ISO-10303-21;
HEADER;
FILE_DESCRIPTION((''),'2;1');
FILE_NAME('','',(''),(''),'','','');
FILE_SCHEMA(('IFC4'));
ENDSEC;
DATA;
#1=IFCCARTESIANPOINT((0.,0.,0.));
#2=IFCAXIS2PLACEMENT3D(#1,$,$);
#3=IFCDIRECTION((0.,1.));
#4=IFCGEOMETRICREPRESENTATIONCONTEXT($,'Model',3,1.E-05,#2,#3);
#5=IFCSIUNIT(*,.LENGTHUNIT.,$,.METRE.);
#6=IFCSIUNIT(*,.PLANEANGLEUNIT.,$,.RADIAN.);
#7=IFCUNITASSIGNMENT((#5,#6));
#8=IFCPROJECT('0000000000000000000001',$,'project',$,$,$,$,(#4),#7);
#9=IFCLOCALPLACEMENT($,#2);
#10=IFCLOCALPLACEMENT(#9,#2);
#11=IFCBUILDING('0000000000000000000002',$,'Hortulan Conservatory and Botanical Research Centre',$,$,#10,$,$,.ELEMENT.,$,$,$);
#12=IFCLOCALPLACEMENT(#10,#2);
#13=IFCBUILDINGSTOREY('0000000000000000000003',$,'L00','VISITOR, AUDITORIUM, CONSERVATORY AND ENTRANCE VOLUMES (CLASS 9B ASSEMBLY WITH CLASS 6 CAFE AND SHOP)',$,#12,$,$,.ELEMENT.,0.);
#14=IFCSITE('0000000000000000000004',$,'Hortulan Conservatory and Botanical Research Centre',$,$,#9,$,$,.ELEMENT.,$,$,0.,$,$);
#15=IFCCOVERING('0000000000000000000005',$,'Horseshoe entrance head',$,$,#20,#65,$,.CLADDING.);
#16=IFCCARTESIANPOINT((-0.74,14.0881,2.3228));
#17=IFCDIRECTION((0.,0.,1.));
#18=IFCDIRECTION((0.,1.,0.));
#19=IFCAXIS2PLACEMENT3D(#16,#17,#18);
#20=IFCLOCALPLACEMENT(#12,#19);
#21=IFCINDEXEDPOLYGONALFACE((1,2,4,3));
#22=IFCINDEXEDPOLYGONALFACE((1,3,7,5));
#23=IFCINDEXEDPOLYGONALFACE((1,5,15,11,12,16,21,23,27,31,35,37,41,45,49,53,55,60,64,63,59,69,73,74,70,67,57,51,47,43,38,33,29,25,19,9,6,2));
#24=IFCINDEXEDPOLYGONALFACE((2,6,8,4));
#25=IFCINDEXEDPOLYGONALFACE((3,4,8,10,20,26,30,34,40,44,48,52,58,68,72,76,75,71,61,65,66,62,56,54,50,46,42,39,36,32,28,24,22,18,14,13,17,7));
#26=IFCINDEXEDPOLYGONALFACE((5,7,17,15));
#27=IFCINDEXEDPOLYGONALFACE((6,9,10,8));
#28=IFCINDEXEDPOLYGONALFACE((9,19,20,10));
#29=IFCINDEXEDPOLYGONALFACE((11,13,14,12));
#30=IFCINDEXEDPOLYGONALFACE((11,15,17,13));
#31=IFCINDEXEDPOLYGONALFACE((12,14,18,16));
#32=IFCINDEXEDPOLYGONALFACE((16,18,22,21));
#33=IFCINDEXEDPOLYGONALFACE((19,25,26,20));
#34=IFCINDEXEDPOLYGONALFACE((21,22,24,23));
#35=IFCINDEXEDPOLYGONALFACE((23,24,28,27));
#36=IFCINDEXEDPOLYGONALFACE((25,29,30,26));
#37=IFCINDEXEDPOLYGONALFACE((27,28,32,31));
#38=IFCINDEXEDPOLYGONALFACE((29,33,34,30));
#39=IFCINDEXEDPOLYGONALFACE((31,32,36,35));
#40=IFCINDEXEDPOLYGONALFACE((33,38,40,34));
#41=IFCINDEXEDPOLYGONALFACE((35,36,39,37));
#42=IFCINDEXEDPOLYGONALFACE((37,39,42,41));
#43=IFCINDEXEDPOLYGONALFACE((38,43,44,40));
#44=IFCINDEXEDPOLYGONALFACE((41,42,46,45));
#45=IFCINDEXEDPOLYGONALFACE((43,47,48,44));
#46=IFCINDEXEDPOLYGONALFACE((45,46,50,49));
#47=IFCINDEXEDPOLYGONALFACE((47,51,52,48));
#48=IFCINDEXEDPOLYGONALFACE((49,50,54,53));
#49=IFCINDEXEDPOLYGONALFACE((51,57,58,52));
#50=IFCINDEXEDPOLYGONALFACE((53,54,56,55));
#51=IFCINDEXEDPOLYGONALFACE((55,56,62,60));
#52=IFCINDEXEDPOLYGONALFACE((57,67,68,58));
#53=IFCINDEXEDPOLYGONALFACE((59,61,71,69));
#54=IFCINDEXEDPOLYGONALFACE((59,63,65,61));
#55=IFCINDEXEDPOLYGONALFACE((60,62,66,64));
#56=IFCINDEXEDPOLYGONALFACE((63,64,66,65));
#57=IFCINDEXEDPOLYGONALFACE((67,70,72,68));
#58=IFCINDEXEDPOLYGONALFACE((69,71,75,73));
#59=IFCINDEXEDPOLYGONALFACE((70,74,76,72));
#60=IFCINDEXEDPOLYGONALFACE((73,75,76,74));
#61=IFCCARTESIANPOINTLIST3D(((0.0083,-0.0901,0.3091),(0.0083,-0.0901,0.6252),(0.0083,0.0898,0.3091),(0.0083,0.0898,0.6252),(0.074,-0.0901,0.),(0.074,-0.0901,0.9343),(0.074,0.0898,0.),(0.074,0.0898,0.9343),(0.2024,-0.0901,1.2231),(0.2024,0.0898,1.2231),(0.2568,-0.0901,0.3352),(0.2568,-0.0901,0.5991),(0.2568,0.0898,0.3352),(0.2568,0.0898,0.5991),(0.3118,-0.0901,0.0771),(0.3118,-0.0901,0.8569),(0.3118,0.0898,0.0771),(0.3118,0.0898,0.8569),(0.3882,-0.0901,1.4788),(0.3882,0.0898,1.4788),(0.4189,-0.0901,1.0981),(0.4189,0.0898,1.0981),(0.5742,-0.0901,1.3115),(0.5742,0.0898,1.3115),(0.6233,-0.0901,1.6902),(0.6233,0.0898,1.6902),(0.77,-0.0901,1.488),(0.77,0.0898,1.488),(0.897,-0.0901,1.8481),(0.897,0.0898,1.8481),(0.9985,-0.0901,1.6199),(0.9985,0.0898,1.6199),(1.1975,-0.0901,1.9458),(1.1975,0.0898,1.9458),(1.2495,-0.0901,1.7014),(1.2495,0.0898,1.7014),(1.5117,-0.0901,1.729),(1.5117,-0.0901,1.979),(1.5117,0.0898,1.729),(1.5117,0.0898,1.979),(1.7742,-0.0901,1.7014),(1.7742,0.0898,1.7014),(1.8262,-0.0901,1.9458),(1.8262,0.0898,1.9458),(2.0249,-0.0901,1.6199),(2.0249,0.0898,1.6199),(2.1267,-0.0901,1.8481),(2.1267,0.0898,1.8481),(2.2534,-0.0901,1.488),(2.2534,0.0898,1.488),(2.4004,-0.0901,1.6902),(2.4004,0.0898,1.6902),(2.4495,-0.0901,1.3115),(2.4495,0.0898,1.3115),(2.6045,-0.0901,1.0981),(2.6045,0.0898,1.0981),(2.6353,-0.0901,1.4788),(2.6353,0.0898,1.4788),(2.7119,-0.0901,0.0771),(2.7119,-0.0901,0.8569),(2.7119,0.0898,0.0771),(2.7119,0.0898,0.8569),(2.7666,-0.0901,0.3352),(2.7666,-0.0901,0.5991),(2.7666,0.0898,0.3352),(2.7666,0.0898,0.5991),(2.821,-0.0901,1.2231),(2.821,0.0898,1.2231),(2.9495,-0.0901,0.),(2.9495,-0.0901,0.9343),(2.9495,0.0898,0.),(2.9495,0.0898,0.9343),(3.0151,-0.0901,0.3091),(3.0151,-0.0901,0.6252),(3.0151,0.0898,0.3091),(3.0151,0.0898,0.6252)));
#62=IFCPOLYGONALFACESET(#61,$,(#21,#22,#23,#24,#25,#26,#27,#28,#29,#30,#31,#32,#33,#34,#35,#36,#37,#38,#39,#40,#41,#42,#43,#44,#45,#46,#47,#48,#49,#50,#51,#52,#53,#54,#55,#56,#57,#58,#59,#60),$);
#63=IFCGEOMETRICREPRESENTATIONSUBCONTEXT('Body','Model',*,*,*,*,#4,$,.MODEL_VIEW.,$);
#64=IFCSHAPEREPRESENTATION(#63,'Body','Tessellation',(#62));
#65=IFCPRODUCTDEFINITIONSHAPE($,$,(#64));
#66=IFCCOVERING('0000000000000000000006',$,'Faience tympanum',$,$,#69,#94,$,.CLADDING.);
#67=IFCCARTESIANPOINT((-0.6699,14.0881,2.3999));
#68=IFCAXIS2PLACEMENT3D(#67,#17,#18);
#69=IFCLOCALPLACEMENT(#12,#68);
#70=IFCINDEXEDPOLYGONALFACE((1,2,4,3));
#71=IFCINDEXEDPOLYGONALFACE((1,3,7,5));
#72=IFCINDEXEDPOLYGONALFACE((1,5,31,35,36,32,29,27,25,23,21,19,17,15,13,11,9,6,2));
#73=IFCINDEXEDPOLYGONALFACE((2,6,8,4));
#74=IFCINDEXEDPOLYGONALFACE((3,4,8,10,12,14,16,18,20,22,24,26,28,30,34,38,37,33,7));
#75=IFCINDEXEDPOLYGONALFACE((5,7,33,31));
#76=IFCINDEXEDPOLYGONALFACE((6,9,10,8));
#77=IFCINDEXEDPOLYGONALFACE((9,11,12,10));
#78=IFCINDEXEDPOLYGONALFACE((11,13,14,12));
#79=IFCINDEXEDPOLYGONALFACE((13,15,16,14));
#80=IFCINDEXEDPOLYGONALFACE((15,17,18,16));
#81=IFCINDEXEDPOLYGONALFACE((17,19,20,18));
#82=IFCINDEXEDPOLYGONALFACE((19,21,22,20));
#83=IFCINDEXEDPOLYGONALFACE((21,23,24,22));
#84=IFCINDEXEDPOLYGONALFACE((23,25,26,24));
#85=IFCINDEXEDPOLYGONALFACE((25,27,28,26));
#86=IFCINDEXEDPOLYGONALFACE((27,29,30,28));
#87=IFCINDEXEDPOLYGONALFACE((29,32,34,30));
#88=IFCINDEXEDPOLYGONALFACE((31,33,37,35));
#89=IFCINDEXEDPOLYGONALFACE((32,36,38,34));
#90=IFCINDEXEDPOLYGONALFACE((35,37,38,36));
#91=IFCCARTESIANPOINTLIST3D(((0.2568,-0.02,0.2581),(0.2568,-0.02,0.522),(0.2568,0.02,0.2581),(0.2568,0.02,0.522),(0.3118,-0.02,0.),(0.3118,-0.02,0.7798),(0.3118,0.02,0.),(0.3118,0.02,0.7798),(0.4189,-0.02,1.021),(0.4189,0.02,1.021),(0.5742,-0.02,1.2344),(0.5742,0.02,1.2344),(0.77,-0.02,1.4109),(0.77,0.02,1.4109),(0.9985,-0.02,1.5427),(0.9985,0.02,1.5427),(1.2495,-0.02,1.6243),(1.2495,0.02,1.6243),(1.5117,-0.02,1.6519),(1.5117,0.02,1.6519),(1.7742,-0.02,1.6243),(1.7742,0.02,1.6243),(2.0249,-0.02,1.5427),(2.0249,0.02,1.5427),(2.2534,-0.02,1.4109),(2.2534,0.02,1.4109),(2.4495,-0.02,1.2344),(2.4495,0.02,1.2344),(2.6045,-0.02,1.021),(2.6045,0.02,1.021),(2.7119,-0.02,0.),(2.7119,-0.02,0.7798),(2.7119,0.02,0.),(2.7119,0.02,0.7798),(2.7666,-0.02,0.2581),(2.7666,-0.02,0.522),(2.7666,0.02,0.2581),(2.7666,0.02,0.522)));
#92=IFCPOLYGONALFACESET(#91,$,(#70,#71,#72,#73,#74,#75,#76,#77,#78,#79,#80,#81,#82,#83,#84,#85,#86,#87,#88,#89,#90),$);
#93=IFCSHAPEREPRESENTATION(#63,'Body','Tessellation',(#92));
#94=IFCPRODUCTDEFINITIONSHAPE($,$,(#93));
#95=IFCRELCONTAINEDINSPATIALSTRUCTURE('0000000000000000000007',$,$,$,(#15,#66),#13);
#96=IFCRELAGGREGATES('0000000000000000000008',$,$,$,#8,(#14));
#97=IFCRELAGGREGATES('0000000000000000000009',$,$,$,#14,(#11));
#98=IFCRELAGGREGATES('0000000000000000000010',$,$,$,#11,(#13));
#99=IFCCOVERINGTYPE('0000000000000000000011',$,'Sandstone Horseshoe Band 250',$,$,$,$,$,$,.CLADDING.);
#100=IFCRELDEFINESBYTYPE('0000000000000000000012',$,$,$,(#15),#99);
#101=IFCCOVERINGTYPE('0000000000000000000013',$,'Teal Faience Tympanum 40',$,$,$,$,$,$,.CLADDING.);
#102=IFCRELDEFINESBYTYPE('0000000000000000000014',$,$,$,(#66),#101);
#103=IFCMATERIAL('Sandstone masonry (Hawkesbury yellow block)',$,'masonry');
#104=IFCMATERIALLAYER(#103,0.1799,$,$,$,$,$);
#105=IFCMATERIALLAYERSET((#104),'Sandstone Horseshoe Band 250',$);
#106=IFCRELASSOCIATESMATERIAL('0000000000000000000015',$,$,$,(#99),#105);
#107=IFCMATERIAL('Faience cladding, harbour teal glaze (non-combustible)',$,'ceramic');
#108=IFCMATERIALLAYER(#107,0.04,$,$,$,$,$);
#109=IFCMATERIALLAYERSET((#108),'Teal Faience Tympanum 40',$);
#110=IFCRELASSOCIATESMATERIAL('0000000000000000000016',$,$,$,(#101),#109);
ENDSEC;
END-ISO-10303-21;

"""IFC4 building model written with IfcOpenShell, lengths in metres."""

from ifc_helpers import new_model, si_unit, direction, frame, origin, place, context, subcontext, project, spatial, polyline, outline, extrude, material, layer, layer_set, type_object, element, save


model = new_model("IFC4")

# Units and contexts
model_context = context("Model", 3, precision=1e-05, world=origin(), true_north=direction((0.0, 1.0)))
body_context = subcontext(model_context, "Body", "Model", "MODEL_VIEW")
ifc_project = project(units=[si_unit("LENGTHUNIT", "METRE"), si_unit("PLANEANGLEUNIT", "RADIAN")], contexts=[model_context])

# Site, building, storey
site_placement = place(None, origin())
site = spatial("IfcSite", under=ifc_project, at=site_placement, Name="Hortulan Conservatory and Botanical Research Centre", CompositionType="ELEMENT", RefElevation=0.0)
building_placement = place(site_placement, origin())
building = spatial("IfcBuilding", under=site, at=building_placement, Name="Hortulan Conservatory and Botanical Research Centre", CompositionType="ELEMENT")
storey_placement = place(building_placement, origin())
storey = spatial("IfcBuildingStorey", under=building, at=storey_placement, Name="L00", Description="VISITOR, AUDITORIUM, CONSERVATORY AND ENTRANCE VOLUMES (CLASS 9B ASSEMBLY WITH CLASS 6 CAFE AND SHOP)", CompositionType="ELEMENT", Elevation=0.0)

# Coverings
ifc_material_1 = material(Name="Sandstone masonry (Hawkesbury yellow block)", Category="masonry")
ifc_layer_1 = layer(ifc_material_1, 0.1799)
ifc_layer_set_1 = layer_set([ifc_layer_1], Name="Sandstone Horseshoe Band 250")
covering_type_1 = type_object("IfcCoveringType", Name="Sandstone Horseshoe Band 250", PredefinedType="CLADDING", material=ifc_layer_set_1)
covering_1_placement = place(storey_placement, frame((-0.74, 14.0881, 2.3228), z_axis=(0.0, 0.0, 1.0), x_axis=(0.0, 1.0, 0.0)))
element("IfcCovering", 1, at=covering_1_placement, inside=storey, type_object=covering_type_1, Name="Horseshoe entrance head", PredefinedType="CLADDING", context=body_context, shape_type="SweptSolid", body=[
    extrude(outline(polyline([(0.3118, 0.0771), (0.2568, 0.3352), (0.2568, 0.5991), (0.3118, 0.8569), (0.4189, 1.0981), (0.5742, 1.3115), (0.77, 1.488), (0.9985, 1.6199), (1.2495, 1.7014), (1.5117, 1.729), (1.7742, 1.7014), (2.0249, 1.6199), (2.2534, 1.488), (2.4495, 1.3115), (2.6045, 1.0981), (2.7119, 0.8569), (2.7666, 0.5991), (2.7666, 0.3352), (2.7119, 0.0771), (2.9495, 0.0), (3.0151, 0.3091), (3.0151, 0.6252), (2.9495, 0.9343), (2.821, 1.2231), (2.6353, 1.4788), (2.4004, 1.6902), (2.1267, 1.8481), (1.8262, 1.9458), (1.5117, 1.979), (1.1975, 1.9458), (0.897, 1.8481), (0.6233, 1.6902), (0.3882, 1.4788), (0.2024, 1.2231), (0.074, 0.9343), (0.0083, 0.6252), (0.0083, 0.3091), (0.074, 0.0), (0.3118, 0.0771)])), frame((0.0, 0.0898, 0.0), z_axis=(0.0, -1.0, 0.0), x_axis=(1.0, 0.0, 0.0)), (0.0, 0.0, 1.0), 0.1799),
])
ifc_material_2 = material(Name="Faience cladding, harbour teal glaze (non-combustible)", Category="ceramic")
ifc_layer_2 = layer(ifc_material_2, 0.04)
ifc_layer_set_2 = layer_set([ifc_layer_2], Name="Teal Faience Tympanum 40")
covering_type_2 = type_object("IfcCoveringType", Name="Teal Faience Tympanum 40", PredefinedType="CLADDING", material=ifc_layer_set_2)
covering_2_placement = place(storey_placement, frame((-0.6699, 14.0881, 2.3999), z_axis=(0.0, 0.0, 1.0), x_axis=(0.0, 1.0, 0.0)))
element("IfcCovering", 2, at=covering_2_placement, inside=storey, type_object=covering_type_2, Name="Faience tympanum", PredefinedType="CLADDING", context=body_context, shape_type="SweptSolid", body=[
    extrude(outline(polyline([(0.3118, 0.0), (0.2568, 0.2581), (0.2568, 0.522), (0.3118, 0.7798), (0.4189, 1.021), (0.5742, 1.2344), (0.77, 1.4109), (0.9985, 1.5427), (1.2495, 1.6243), (1.5117, 1.6519), (1.7742, 1.6243), (2.0249, 1.5427), (2.2534, 1.4109), (2.4495, 1.2344), (2.6045, 1.021), (2.7119, 0.7798), (2.7666, 0.522), (2.7666, 0.2581), (2.7119, 0.0), (2.7119, 0.0), (0.3118, 0.0), (0.3118, 0.0)])), frame((0.0, 0.02, 0.0), z_axis=(0.0, -1.0, 0.0), x_axis=(1.0, 0.0, 0.0)), (0.0, 0.0, 1.0), 0.04),
])

save(model, "model.ifc")
